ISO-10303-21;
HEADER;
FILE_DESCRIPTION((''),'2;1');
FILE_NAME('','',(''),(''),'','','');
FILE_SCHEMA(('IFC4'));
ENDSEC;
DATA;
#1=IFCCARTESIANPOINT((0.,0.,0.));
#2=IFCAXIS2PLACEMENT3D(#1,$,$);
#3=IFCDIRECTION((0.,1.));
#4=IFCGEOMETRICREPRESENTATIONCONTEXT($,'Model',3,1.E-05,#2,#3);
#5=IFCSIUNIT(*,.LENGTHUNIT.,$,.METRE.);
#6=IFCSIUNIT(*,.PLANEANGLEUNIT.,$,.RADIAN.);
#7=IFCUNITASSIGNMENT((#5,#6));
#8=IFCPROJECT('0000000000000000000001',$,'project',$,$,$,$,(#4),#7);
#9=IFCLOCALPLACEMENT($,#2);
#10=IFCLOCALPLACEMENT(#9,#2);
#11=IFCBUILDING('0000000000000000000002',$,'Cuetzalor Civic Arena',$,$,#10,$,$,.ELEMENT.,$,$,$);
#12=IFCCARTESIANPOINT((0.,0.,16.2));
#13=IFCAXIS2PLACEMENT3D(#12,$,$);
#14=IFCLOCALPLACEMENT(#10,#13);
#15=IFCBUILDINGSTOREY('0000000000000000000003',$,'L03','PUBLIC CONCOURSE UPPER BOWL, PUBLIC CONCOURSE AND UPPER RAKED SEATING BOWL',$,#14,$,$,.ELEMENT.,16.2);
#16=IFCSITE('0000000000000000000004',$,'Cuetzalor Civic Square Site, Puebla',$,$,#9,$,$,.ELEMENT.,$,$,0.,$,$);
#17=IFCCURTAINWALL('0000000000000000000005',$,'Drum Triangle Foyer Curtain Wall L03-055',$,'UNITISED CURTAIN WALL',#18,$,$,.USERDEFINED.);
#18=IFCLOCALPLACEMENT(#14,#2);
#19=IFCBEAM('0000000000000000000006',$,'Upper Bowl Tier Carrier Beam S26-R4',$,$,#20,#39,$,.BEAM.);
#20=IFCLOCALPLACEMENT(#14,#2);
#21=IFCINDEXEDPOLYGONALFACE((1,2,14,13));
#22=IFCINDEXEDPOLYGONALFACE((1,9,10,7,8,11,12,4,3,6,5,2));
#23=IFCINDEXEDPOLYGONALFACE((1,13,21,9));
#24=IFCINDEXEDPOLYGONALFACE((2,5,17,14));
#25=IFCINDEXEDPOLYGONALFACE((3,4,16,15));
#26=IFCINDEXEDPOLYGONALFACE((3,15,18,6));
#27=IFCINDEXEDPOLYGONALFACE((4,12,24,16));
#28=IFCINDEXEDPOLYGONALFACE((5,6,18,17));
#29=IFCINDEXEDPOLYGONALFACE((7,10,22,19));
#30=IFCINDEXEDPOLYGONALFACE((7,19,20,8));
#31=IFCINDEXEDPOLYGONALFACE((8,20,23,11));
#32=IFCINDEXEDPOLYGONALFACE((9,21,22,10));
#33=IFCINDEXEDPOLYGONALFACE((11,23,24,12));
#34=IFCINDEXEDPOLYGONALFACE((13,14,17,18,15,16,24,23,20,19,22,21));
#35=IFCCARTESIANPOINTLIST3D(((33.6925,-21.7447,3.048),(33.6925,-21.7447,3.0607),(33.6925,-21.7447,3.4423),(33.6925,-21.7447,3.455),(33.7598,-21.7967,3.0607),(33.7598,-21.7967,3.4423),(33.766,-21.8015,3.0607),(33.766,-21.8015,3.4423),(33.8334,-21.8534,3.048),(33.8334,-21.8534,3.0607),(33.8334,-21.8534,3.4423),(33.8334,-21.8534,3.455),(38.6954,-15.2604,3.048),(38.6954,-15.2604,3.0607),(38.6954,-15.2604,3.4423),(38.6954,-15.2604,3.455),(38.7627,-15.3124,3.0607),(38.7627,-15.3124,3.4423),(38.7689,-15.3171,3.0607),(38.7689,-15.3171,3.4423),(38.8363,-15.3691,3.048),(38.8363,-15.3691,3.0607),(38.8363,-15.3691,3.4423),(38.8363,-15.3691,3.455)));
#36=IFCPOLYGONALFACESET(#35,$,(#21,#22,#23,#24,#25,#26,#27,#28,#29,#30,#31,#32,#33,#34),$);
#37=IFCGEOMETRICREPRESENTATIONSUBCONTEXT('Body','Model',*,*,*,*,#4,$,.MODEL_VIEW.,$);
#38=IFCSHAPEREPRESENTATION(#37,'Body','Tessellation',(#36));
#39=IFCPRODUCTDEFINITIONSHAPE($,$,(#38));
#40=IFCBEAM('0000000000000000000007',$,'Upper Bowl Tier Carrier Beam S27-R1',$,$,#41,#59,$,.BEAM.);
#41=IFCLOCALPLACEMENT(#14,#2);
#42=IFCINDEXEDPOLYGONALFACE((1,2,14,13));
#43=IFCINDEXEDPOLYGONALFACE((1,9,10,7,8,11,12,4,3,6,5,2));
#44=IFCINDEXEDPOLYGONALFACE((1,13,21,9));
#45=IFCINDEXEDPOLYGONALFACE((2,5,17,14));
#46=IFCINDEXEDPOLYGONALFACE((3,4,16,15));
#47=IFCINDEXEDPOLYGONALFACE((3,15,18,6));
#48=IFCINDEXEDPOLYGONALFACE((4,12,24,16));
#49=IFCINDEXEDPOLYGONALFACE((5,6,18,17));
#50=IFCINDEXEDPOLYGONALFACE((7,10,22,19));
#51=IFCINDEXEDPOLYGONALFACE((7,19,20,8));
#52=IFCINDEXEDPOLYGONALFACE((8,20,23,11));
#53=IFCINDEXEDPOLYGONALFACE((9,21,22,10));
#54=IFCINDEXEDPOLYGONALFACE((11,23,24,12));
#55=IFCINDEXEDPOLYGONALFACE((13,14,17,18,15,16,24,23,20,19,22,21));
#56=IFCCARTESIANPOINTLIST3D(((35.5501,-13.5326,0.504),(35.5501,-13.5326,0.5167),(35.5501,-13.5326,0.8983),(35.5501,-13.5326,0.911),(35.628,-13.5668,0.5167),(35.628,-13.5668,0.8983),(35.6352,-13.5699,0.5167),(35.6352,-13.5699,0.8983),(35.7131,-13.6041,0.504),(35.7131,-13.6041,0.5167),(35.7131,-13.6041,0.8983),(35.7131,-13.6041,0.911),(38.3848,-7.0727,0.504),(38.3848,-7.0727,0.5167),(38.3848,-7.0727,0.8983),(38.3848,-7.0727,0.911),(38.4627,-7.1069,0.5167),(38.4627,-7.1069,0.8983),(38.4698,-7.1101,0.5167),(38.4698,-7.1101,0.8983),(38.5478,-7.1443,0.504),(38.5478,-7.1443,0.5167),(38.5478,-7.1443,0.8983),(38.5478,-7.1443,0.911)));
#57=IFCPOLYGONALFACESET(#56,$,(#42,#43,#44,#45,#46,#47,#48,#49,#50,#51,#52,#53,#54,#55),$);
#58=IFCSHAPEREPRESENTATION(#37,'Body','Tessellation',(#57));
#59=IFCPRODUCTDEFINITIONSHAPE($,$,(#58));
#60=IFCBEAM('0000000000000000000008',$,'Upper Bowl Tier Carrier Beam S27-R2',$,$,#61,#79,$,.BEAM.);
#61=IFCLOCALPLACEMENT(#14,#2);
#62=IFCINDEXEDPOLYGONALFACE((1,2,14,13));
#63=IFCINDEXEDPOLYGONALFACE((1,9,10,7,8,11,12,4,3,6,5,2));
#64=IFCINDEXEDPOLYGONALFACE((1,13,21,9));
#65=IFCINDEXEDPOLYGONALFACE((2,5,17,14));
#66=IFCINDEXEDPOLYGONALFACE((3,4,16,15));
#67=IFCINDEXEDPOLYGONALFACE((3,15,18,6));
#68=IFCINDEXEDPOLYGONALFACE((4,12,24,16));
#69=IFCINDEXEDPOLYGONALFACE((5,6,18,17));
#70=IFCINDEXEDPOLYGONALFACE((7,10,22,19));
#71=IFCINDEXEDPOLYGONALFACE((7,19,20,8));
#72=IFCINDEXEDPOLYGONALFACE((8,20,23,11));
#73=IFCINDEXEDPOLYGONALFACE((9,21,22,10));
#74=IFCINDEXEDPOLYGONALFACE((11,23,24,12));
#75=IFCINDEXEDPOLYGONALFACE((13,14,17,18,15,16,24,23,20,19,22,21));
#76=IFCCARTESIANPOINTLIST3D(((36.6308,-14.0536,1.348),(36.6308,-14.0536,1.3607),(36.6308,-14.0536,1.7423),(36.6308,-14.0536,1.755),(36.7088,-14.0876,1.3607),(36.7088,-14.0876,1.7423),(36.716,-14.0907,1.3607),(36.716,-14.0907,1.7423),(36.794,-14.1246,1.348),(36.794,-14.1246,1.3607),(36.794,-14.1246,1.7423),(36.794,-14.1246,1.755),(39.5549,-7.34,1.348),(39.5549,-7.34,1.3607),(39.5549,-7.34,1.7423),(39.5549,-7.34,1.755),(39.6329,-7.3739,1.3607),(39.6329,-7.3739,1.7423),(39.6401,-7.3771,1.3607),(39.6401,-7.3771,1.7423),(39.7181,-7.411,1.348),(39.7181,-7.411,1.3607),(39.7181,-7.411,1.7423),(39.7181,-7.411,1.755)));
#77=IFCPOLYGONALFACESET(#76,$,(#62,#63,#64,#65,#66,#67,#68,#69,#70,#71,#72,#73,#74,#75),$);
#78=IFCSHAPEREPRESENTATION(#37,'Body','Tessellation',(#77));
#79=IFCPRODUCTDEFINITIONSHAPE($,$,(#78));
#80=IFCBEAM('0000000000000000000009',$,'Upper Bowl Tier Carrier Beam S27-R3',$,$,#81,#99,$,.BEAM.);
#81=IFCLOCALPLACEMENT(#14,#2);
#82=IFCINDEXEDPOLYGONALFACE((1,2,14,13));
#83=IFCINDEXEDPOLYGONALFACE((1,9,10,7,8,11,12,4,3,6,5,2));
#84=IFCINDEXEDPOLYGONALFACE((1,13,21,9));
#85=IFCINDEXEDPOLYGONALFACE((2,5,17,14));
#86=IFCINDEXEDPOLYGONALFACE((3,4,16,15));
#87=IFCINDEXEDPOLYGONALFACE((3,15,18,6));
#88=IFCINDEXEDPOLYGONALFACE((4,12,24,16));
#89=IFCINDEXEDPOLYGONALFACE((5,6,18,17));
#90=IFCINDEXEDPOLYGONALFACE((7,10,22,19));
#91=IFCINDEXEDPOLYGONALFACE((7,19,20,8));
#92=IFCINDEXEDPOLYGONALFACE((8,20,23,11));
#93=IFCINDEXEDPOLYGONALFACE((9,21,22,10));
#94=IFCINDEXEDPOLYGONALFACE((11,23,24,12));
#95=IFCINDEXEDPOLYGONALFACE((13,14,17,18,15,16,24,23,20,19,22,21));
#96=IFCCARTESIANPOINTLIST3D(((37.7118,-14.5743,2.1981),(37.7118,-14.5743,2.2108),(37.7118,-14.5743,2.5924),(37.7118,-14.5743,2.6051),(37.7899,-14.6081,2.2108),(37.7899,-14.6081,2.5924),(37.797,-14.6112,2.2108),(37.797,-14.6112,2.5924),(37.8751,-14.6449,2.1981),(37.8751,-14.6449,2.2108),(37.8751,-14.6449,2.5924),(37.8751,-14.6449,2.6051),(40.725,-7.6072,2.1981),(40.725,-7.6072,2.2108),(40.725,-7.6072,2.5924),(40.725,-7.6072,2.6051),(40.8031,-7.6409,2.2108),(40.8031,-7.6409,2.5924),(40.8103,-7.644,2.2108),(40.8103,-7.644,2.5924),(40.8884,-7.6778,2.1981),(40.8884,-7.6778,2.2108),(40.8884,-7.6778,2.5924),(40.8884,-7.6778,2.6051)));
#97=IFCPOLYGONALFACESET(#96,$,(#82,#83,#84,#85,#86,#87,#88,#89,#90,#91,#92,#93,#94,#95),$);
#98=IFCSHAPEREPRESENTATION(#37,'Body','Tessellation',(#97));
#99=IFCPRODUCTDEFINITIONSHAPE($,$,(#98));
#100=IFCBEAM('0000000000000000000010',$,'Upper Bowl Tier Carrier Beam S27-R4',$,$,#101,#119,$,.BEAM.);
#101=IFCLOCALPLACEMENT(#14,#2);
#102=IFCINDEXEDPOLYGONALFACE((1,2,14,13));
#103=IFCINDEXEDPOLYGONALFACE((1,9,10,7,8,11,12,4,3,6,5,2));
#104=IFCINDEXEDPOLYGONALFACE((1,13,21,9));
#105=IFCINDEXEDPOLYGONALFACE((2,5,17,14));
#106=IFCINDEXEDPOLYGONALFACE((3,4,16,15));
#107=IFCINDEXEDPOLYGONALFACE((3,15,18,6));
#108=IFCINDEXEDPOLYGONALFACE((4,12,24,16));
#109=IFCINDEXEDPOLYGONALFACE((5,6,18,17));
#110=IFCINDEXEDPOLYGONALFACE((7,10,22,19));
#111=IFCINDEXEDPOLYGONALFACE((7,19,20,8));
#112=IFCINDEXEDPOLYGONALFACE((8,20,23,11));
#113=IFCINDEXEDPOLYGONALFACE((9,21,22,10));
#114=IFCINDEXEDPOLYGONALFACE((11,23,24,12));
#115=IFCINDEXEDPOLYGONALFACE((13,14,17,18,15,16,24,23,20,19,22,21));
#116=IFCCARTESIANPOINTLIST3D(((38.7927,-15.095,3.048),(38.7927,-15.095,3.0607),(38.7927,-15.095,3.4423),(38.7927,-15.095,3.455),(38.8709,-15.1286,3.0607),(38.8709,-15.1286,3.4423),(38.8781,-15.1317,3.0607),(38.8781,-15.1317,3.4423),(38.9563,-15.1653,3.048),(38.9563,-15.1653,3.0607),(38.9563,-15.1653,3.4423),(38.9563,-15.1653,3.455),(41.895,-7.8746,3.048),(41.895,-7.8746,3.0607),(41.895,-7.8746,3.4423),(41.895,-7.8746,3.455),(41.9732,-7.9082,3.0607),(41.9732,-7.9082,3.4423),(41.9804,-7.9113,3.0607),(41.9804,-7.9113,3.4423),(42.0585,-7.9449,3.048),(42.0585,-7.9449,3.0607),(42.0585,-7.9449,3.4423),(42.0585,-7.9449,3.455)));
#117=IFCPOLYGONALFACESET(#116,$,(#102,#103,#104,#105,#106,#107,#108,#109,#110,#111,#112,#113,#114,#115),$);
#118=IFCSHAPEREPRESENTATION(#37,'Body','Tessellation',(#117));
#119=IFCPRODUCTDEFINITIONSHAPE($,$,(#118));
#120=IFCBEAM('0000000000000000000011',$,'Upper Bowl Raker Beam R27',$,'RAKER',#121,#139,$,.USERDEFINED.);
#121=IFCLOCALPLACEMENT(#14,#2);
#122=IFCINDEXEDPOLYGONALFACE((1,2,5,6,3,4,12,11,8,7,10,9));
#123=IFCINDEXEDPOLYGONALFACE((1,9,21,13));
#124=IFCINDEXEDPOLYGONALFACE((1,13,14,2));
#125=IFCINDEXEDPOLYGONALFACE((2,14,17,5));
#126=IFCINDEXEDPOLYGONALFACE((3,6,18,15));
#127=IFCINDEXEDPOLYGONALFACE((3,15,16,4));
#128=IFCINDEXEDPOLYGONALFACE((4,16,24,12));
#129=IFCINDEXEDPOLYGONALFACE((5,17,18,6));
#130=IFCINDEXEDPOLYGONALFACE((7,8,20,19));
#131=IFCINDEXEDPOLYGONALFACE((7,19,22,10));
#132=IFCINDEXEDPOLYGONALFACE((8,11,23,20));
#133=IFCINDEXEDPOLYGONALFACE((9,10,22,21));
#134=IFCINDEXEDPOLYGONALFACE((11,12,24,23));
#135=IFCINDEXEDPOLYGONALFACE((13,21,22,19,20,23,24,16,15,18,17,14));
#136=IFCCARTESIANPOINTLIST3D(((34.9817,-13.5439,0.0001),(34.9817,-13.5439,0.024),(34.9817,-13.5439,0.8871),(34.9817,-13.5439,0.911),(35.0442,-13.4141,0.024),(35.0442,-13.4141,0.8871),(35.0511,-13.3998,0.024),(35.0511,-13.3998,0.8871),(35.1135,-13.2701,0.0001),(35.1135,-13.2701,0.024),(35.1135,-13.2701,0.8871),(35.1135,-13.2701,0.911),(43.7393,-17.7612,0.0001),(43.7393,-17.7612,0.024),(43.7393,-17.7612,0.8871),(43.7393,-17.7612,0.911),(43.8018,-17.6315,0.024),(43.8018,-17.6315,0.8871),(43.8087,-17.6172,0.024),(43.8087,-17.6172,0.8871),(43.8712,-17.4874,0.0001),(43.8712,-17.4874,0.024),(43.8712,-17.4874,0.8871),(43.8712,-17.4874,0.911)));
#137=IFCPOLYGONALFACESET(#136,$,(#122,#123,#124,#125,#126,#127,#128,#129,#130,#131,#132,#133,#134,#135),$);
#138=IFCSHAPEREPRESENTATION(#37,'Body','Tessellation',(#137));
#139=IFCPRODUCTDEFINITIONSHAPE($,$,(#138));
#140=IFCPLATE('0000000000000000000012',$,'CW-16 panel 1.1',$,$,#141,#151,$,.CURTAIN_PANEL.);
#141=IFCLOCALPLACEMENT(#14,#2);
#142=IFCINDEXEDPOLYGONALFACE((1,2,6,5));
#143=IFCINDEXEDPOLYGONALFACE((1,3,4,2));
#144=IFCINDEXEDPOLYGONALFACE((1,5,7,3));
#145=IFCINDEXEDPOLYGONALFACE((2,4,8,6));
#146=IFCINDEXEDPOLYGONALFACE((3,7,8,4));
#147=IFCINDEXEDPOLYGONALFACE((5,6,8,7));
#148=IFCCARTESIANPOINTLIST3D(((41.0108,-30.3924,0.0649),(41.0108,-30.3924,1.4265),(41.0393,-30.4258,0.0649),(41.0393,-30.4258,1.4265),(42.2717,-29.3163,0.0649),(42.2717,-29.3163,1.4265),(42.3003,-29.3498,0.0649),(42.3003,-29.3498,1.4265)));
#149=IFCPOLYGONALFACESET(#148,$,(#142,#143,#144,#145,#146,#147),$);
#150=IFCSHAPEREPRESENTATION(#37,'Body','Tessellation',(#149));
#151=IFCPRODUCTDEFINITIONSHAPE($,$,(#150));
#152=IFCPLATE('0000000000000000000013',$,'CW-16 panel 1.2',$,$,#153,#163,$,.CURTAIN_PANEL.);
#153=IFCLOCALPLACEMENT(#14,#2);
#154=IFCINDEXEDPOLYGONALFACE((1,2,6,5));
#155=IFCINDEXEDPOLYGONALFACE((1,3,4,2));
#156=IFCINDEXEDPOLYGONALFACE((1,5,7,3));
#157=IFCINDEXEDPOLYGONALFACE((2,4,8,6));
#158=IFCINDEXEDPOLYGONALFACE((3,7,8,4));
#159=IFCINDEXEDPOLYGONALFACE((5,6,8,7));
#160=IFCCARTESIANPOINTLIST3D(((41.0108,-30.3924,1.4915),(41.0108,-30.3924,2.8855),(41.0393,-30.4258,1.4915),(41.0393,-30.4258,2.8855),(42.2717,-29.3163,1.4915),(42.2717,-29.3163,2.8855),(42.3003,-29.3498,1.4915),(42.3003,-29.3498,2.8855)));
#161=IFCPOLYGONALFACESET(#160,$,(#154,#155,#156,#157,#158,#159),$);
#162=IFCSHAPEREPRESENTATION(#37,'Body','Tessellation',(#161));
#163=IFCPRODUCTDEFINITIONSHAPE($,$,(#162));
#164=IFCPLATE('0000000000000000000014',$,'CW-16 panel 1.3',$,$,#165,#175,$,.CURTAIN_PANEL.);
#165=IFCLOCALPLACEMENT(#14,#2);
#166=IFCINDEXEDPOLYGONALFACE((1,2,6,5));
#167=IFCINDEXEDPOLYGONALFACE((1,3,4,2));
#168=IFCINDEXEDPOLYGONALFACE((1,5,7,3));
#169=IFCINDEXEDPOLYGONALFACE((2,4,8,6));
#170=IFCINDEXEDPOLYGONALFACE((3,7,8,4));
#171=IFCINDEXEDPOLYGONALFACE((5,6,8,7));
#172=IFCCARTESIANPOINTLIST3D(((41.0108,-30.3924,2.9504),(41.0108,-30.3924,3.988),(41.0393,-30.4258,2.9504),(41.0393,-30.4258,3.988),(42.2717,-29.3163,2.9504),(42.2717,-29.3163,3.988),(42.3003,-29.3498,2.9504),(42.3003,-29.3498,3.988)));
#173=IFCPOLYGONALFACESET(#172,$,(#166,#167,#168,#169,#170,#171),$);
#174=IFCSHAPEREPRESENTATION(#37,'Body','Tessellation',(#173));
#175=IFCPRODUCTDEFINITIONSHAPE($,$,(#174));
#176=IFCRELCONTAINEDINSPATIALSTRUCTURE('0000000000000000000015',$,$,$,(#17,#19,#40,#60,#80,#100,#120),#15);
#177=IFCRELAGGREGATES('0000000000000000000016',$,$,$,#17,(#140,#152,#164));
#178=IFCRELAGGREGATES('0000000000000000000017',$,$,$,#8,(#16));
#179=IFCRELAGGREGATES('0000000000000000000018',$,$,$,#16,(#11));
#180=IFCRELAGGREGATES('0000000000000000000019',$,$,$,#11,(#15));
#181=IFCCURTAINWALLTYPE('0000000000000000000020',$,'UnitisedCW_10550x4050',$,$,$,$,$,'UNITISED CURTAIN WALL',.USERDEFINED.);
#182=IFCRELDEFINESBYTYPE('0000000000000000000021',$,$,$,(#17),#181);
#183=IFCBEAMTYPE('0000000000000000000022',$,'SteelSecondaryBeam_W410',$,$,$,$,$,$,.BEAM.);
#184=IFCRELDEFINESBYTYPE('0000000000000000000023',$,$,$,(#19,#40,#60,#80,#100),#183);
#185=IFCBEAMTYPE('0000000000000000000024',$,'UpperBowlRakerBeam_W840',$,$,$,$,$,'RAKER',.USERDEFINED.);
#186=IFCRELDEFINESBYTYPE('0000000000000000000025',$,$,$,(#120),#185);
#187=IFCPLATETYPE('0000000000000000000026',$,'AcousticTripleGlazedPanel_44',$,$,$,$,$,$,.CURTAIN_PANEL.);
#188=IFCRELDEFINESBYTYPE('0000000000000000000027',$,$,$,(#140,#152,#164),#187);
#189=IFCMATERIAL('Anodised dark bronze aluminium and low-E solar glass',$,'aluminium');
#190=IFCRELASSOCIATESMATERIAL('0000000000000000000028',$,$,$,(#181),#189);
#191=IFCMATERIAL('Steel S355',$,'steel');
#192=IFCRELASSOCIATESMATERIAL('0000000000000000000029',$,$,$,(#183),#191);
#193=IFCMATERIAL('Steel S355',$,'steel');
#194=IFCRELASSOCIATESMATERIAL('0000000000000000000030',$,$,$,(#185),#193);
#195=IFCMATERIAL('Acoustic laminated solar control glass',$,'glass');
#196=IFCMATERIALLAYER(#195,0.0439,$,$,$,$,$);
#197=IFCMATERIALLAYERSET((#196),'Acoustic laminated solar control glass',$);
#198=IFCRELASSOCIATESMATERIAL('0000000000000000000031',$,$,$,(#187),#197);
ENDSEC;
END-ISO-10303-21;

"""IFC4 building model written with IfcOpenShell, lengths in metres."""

from ifc_helpers import new_model, si_unit, direction, frame, origin, origin_2d, place, context, subcontext, project, spatial, rectangle, i_section, extrude, material, layer, layer_set, material_profile, profile_set, type_object, element, aggregate, save


model = new_model("IFC4")

# Units and contexts
model_context = context("Model", 3, precision=1e-05, world=origin(), true_north=direction((0.0, 1.0)))
body_context = subcontext(model_context, "Body", "Model", "MODEL_VIEW")
ifc_project = project(units=[si_unit("LENGTHUNIT", "METRE"), si_unit("PLANEANGLEUNIT", "RADIAN")], contexts=[model_context])

# Site, building, storey
site_placement = place(None, origin())
site = spatial("IfcSite", under=ifc_project, at=site_placement, Name="Cuetzalor Civic Square Site, Puebla", CompositionType="ELEMENT", RefElevation=0.0)
building_placement = place(site_placement, origin())
building = spatial("IfcBuilding", under=site, at=building_placement, Name="Cuetzalor Civic Arena", CompositionType="ELEMENT")
storey_placement = place(building_placement, frame((0.0, 0.0, 16.2)))
storey = spatial("IfcBuildingStorey", under=building, at=storey_placement, Name="L03", Description="PUBLIC CONCOURSE UPPER BOWL, PUBLIC CONCOURSE AND UPPER RAKED SEATING BOWL", CompositionType="ELEMENT", Elevation=16.2)

# Curtain wall
ifc_material_1 = material(Name="Anodised dark bronze aluminium and low-E solar glass", Category="aluminium")
curtain_wall_type = type_object("IfcCurtainWallType", Name="UnitisedCW_10550x4050", ElementType="UNITISED CURTAIN WALL", PredefinedType="USERDEFINED", material=ifc_material_1)
curtain_wall_placement = place(storey_placement, origin())
curtain_wall = element("IfcCurtainWall", 1, at=curtain_wall_placement, inside=storey, type_object=curtain_wall_type, Name="Drum Triangle Foyer Curtain Wall L03-055", ObjectType="UNITISED CURTAIN WALL", PredefinedType="USERDEFINED")

# Beams
ifc_material_2 = material(Name="Steel S355", Category="steel")
ifc_material_profile_1 = material_profile(ifc_material_2, i_section(OverallWidth=0.178, OverallDepth=0.407, WebThickness=0.0078, FlangeThickness=0.0127, at=origin_2d()), Name="W410x60")
ifc_profile_set_1 = profile_set([ifc_material_profile_1], Name="Steel S355")
beam_type_1 = type_object("IfcBeamType", Name="SteelSecondaryBeam_W410", PredefinedType="BEAM", material=ifc_profile_set_1)
beam_1_placement = place(storey_placement, frame((33.7629, -21.7991, 3.2515), z_axis=(0.610857, 0.791741, 0.0), x_axis=(-0.791741, 0.610857, 0.0)))
element("IfcBeam", 2, at=beam_1_placement, inside=storey, type_object=beam_type_1, Name="Upper Bowl Tier Carrier Beam S26-R4", PredefinedType="BEAM", context=body_context, shape_type="SweptSolid", body=[
    extrude(i_section(OverallWidth=0.178, OverallDepth=0.407, WebThickness=0.0078, FlangeThickness=0.0127, at=origin_2d()), origin(), (0.0, 0.0, 1.0), 8.1899),
])
beam_2_placement = place(storey_placement, frame((35.6316, -13.5684, 0.7075), z_axis=(0.401828, 0.915715, 0.0), x_axis=(-0.915715, 0.401828, 0.0)))
element("IfcBeam", 3, at=beam_2_placement, inside=storey, type_object=beam_type_1, Name="Upper Bowl Tier Carrier Beam S27-R1", PredefinedType="BEAM", context=body_context, shape_type="SweptSolid", body=[
    extrude(i_section(OverallWidth=0.178, OverallDepth=0.407, WebThickness=0.0078, FlangeThickness=0.0127, at=origin_2d()), origin(), (0.0, 0.0, 1.0), 7.0544),
])
beam_3_placement = place(storey_placement, frame((36.7124, -14.0891, 1.5515), z_axis=(0.399312, 0.916815, 0.0), x_axis=(-0.916815, 0.399312, 0.0)))
element("IfcBeam", 4, at=beam_3_placement, inside=storey, type_object=beam_type_1, Name="Upper Bowl Tier Carrier Beam S27-R2", PredefinedType="BEAM", context=body_context, shape_type="SweptSolid", body=[
    extrude(i_section(OverallWidth=0.178, OverallDepth=0.407, WebThickness=0.0078, FlangeThickness=0.0127, at=origin_2d()), origin(), (0.0, 0.0, 1.0), 7.3228),
])
beam_4_placement = place(storey_placement, frame((37.7935, -14.6096, 2.4016), z_axis=(0.396957, 0.917837, 0.0), x_axis=(-0.917837, 0.396957, 0.0)))
element("IfcBeam", 5, at=beam_4_placement, inside=storey, type_object=beam_type_1, Name="Upper Bowl Tier Carrier Beam S27-R3", PredefinedType="BEAM", context=body_context, shape_type="SweptSolid", body=[
    extrude(i_section(OverallWidth=0.178, OverallDepth=0.407, WebThickness=0.0078, FlangeThickness=0.0127, at=origin_2d()), origin(), (0.0, 0.0, 1.0), 7.5908),
])
beam_5_placement = place(storey_placement, frame((38.8745, -15.1301, 3.2515), z_axis=(0.394759, 0.918785, 0.0), x_axis=(-0.918785, 0.394759, 0.0)))
element("IfcBeam", 6, at=beam_5_placement, inside=storey, type_object=beam_type_1, Name="Upper Bowl Tier Carrier Beam S27-R4", PredefinedType="BEAM", context=body_context, shape_type="SweptSolid", body=[
    extrude(i_section(OverallWidth=0.178, OverallDepth=0.407, WebThickness=0.0078, FlangeThickness=0.0127, at=origin_2d()), origin(), (0.0, 0.0, 1.0), 7.8586),
])
ifc_material_3 = material(Name="Steel S355", Category="steel")
ifc_material_profile_2 = material_profile(ifc_material_3, i_section(OverallWidth=0.304, OverallDepth=0.9109, WebThickness=0.0159, FlangeThickness=0.0239, at=origin_2d()), Name="W920x223")
ifc_profile_set_2 = profile_set([ifc_material_profile_2], Name="Steel S355")
beam_type_2 = type_object("IfcBeamType", Name="UpperBowlRakerBeam_W840", ElementType="RAKER", PredefinedType="USERDEFINED", material=ifc_profile_set_2)
beam_6_placement = place(storey_placement, frame((35.0476, -13.407, 0.4556), z_axis=(0.900974, -0.433872, 0.0), x_axis=(0.433872, 0.900974, 0.0)))
element("IfcBeam", 7, at=beam_6_placement, inside=storey, type_object=beam_type_2, Name="Upper Bowl Raker Beam R27", ObjectType="RAKER", PredefinedType="USERDEFINED", context=body_context, shape_type="SweptSolid", body=[
    extrude(i_section(OverallWidth=0.304, OverallDepth=0.9109, WebThickness=0.0159, FlangeThickness=0.0239, at=origin_2d()), origin(), (0.0, 0.0, 1.0), 9.7202),
])

# Plates
ifc_material_4 = material(Name="Acoustic laminated solar control glass", Category="glass")
ifc_layer_1 = layer(ifc_material_4, 0.0439)
ifc_layer_set_1 = layer_set([ifc_layer_1], Name="Acoustic laminated solar control glass")
plate_type = type_object("IfcPlateType", Name="AcousticTripleGlazedPanel_44", PredefinedType="CURTAIN_PANEL", material=ifc_layer_set_1)
plate_1_placement = place(storey_placement, frame((41.6555, -29.8711, 0.0649), z_axis=(0.0, 0.0, 1.0), x_axis=(-0.760677, -0.64913, 0.0)))
plate_1 = element("IfcPlate", 8, at=plate_1_placement, type_object=plate_type, Name="CW-16 panel 1.1", PredefinedType="CURTAIN_PANEL", context=body_context, shape_type="SweptSolid", body=[
    extrude(rectangle(XDim=1.6577, YDim=0.0439, at=origin_2d()), origin(), (0.0, 0.0, 1.0), 1.3616),
])
plate_2_placement = place(storey_placement, frame((41.6555, -29.8711, 1.4915), z_axis=(0.0, 0.0, 1.0), x_axis=(-0.760677, -0.64913, 0.0)))
plate_2 = element("IfcPlate", 9, at=plate_2_placement, type_object=plate_type, Name="CW-16 panel 1.2", PredefinedType="CURTAIN_PANEL", context=body_context, shape_type="SweptSolid", body=[
    extrude(rectangle(XDim=1.6577, YDim=0.0439, at=origin_2d()), origin(), (0.0, 0.0, 1.0), 1.394),
])
plate_3_placement = place(storey_placement, frame((41.6555, -29.8711, 2.9504), z_axis=(0.0, 0.0, 1.0), x_axis=(-0.760677, -0.64913, 0.0)))
plate_3 = element("IfcPlate", 10, at=plate_3_placement, type_object=plate_type, Name="CW-16 panel 1.3", PredefinedType="CURTAIN_PANEL", context=body_context, shape_type="SweptSolid", body=[
    extrude(rectangle(XDim=1.6577, YDim=0.0439, at=origin_2d()), origin(), (0.0, 0.0, 1.0), 1.0376),
])
aggregate(curtain_wall, [plate_1, plate_2, plate_3])

save(model, "model.ifc")
